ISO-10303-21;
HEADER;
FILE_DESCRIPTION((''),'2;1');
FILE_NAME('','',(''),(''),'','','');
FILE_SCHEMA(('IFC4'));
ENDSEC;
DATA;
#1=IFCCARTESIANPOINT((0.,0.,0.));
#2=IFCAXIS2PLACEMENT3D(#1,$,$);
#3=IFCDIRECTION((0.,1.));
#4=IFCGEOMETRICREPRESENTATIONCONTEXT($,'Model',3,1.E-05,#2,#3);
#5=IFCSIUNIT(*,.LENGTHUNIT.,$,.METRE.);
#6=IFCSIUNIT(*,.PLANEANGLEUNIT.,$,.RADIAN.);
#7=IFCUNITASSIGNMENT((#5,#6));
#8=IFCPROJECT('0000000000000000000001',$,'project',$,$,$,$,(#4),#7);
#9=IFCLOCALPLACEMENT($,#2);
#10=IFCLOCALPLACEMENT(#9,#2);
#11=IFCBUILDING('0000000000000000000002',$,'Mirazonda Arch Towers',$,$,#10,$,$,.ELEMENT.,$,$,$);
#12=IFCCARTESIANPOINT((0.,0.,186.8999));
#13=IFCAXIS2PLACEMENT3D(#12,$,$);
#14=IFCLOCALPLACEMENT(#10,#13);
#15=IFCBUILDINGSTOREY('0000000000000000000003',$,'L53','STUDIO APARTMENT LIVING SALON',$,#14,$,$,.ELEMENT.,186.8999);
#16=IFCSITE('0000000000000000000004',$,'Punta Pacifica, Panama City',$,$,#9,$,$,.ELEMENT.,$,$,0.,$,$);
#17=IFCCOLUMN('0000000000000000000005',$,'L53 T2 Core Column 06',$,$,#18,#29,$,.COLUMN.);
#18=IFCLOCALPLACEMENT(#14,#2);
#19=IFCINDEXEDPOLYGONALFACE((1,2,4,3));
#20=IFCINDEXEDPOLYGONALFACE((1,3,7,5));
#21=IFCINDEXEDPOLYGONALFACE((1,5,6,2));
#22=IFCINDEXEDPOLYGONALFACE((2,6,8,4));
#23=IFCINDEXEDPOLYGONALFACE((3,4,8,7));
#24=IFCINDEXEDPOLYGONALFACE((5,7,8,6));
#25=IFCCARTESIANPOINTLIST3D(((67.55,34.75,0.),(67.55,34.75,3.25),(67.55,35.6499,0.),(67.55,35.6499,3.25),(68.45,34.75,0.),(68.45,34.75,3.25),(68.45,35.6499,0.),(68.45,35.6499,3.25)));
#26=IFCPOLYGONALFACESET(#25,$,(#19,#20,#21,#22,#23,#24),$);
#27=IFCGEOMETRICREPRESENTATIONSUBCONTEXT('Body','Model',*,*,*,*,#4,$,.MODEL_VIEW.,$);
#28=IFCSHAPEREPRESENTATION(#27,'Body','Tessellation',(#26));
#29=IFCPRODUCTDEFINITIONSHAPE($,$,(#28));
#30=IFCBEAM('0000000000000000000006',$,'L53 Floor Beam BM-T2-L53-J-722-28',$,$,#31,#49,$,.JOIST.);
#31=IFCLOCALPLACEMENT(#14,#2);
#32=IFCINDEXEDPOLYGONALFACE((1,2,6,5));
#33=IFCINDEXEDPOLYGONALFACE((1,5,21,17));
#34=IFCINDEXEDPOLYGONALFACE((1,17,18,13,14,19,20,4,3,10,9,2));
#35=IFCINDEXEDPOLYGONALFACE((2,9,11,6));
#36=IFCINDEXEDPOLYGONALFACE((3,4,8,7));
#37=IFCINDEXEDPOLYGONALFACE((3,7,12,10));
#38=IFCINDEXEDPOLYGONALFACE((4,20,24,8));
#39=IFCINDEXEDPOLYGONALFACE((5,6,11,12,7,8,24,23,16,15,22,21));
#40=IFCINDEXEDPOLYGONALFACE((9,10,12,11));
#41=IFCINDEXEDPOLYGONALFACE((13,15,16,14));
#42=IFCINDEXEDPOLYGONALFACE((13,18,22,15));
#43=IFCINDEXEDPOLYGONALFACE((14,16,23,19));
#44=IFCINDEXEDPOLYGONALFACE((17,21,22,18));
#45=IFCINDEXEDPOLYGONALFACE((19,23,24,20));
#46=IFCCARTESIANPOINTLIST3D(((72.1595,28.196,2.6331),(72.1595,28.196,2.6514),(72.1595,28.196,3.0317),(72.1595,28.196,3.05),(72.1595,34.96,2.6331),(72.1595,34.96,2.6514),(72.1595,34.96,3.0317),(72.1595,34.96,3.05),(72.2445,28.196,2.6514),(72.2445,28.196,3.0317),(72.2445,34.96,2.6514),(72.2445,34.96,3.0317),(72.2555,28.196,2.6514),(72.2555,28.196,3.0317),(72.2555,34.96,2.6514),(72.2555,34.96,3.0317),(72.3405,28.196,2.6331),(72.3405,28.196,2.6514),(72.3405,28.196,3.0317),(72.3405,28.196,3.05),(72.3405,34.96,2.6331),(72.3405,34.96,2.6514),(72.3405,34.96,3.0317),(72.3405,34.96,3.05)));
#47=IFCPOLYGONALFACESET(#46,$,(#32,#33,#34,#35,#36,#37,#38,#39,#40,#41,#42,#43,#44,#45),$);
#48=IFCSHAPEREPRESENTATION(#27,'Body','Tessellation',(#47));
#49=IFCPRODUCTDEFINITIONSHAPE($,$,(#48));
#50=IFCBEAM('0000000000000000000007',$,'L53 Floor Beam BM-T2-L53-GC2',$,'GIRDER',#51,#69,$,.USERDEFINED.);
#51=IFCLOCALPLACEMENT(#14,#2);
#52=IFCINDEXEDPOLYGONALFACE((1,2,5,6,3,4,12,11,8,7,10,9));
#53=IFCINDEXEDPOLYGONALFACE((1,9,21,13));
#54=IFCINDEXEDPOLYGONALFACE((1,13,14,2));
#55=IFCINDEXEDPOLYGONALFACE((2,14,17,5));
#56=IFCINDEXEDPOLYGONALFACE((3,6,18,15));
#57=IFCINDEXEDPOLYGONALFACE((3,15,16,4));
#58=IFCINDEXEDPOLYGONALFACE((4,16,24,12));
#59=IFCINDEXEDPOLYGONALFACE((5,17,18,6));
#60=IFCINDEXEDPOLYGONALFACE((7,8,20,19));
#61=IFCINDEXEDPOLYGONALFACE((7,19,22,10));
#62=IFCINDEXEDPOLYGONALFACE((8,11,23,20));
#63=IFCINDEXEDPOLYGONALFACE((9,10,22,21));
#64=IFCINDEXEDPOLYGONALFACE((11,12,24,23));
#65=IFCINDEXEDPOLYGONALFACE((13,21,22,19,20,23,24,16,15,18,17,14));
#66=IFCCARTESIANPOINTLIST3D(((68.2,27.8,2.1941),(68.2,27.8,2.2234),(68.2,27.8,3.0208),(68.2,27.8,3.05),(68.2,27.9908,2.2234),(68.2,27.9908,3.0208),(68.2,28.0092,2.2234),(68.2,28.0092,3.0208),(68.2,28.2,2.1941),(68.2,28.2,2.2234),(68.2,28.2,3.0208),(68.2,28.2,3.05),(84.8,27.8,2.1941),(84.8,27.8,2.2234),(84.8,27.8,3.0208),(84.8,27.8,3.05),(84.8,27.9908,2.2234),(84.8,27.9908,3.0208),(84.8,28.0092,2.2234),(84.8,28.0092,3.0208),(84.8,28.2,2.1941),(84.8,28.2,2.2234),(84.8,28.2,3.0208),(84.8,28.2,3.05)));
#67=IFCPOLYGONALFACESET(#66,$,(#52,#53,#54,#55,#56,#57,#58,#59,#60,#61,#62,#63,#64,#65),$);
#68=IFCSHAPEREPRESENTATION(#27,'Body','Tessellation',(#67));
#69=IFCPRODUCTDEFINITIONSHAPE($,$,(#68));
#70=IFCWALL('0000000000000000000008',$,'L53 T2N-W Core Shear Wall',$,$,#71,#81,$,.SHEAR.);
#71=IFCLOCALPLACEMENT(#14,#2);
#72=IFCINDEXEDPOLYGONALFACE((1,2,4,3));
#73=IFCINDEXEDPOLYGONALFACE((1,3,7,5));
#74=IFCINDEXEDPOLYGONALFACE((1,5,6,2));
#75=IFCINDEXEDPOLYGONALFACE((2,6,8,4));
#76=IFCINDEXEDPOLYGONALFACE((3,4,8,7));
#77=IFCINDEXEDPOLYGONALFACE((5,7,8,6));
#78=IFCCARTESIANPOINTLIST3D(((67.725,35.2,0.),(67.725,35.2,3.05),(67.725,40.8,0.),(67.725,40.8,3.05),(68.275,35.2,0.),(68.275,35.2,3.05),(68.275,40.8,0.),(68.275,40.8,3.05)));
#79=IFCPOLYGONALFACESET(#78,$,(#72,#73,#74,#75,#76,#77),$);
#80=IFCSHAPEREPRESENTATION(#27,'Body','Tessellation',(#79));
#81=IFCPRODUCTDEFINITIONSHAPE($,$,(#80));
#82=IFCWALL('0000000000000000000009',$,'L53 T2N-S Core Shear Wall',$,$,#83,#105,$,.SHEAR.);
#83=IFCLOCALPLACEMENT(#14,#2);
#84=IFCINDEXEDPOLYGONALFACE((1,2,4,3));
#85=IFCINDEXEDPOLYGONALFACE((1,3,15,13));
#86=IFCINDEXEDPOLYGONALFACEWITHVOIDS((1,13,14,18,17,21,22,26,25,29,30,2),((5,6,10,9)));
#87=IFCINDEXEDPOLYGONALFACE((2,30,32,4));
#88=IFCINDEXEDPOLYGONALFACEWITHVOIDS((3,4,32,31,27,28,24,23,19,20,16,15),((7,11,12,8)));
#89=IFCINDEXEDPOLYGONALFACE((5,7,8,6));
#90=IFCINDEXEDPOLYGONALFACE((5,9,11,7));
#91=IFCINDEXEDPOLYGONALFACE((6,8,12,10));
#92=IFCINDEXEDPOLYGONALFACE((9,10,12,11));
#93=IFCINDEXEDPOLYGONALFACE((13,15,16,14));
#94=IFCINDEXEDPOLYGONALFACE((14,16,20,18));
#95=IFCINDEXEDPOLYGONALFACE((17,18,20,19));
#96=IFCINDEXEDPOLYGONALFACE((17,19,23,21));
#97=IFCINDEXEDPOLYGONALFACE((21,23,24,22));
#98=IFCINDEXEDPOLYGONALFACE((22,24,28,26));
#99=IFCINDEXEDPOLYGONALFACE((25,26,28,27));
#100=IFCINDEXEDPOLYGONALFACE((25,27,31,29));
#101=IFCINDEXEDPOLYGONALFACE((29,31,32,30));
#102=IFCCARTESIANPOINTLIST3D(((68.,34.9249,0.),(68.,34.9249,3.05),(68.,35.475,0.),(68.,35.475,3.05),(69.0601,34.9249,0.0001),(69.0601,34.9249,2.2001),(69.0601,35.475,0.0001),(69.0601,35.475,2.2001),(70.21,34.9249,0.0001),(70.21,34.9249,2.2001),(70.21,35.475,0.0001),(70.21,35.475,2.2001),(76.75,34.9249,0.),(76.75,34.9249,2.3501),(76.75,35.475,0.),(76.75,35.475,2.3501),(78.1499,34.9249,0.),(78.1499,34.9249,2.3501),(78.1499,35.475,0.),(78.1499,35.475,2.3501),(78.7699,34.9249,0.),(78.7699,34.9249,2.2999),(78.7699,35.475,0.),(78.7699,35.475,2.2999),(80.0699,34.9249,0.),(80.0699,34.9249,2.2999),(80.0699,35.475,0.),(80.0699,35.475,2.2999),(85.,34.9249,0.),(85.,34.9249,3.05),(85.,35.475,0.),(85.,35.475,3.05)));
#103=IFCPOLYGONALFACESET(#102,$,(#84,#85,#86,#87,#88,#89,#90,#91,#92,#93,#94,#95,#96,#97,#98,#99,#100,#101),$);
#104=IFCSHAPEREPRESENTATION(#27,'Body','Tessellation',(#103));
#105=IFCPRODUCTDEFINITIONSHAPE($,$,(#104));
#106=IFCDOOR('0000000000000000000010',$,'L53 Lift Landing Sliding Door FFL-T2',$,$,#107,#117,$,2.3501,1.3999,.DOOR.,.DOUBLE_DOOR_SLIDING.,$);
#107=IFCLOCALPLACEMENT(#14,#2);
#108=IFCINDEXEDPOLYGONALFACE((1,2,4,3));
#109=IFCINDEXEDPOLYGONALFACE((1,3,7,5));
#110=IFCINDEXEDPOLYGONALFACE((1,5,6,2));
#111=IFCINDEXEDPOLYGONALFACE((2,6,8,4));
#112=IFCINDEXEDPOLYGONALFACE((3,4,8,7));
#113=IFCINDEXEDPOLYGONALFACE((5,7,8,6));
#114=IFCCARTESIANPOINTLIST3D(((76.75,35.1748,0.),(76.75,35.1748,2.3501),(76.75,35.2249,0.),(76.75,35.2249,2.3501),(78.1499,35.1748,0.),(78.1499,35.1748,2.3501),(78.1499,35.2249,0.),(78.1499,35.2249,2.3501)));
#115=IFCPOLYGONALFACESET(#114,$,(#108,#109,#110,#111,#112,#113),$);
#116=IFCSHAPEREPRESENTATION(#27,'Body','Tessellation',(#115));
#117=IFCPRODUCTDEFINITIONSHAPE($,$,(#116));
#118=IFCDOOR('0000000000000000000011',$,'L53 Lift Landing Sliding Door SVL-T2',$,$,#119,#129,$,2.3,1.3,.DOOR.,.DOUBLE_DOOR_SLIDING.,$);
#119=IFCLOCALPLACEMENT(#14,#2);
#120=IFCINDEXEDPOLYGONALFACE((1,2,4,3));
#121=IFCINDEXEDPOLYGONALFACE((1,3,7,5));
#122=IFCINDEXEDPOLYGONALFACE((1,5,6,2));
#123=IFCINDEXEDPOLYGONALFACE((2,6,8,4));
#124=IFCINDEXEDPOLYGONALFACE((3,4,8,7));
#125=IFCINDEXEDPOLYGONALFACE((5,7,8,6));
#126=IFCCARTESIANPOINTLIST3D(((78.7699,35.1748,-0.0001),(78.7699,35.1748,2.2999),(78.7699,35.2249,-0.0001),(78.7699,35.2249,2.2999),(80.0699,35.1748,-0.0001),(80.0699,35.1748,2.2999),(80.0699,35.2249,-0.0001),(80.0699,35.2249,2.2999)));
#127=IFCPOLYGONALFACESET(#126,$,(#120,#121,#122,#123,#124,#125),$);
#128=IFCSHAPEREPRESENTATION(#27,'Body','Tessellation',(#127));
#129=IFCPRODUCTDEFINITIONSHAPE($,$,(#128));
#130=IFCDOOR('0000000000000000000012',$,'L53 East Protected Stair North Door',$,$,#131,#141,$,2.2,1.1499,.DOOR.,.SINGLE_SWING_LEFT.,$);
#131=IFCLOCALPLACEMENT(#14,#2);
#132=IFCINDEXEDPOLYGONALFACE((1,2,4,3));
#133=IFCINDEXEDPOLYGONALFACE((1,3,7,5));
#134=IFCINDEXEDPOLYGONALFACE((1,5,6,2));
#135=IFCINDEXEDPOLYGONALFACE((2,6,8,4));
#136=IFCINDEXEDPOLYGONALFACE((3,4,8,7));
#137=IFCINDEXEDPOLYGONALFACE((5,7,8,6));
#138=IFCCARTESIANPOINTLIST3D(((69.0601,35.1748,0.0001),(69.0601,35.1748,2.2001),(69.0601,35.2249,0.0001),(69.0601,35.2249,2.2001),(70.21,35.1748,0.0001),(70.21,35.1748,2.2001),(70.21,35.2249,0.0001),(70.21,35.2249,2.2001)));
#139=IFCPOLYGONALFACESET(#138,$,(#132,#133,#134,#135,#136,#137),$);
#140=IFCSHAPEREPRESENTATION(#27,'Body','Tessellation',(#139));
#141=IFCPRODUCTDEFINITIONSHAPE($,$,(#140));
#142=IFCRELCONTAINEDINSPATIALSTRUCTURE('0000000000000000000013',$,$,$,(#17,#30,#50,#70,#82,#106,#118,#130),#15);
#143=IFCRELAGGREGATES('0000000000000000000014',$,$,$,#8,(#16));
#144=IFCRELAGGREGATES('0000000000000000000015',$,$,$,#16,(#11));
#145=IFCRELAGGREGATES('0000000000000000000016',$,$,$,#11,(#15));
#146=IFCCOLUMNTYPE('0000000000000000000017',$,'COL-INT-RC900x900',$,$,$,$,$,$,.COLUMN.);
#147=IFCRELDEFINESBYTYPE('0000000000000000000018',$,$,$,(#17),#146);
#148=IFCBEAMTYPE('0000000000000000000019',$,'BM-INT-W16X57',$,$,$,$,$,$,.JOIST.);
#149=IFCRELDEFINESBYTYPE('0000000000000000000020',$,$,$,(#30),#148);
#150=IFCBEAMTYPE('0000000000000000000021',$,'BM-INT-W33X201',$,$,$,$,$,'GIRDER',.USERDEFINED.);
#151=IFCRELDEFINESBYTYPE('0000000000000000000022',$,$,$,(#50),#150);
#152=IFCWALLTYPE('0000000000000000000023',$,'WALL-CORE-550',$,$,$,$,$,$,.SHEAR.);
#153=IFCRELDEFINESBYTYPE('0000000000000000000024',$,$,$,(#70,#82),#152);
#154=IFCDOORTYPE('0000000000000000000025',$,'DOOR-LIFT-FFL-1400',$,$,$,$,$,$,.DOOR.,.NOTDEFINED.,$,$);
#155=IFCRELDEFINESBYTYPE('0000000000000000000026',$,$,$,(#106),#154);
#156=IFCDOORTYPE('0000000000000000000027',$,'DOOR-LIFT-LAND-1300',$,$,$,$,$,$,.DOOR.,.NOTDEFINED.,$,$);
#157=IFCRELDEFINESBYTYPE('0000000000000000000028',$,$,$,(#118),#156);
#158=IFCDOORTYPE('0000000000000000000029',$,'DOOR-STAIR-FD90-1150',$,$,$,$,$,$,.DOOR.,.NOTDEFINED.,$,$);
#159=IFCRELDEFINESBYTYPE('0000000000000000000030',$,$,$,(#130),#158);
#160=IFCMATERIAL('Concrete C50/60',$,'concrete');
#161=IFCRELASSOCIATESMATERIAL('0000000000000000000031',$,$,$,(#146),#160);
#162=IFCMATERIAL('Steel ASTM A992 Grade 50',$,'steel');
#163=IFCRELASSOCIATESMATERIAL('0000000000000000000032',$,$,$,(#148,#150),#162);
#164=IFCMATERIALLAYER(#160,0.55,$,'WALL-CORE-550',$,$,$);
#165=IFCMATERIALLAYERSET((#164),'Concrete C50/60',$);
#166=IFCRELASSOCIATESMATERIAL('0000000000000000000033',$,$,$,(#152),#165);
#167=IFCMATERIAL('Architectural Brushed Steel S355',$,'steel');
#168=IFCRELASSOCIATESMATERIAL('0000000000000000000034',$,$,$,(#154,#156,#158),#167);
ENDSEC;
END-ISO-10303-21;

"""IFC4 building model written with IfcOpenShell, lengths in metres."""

from ifc_helpers import new_model, si_unit, direction, frame, frame_2d, origin, origin_2d, place, context, subcontext, project, spatial, rectangle, i_section, extrude, material, layer, layer_set, material_profile, profile_set, type_object, element, fill, save


model = new_model("IFC4")

# Units and contexts
model_context = context("Model", 3, precision=1e-05, world=origin(), true_north=direction((0.0, 1.0)))
body_context = subcontext(model_context, "Body", "Model", "MODEL_VIEW")
ifc_project = project(units=[si_unit("LENGTHUNIT", "METRE"), si_unit("PLANEANGLEUNIT", "RADIAN")], contexts=[model_context])

# Site, building, storey
site_placement = place(None, origin())
site = spatial("IfcSite", under=ifc_project, at=site_placement, Name="Punta Pacifica, Panama City", CompositionType="ELEMENT", RefElevation=0.0)
building_placement = place(site_placement, origin())
building = spatial("IfcBuilding", under=site, at=building_placement, Name="Mirazonda Arch Towers", CompositionType="ELEMENT")
storey_placement = place(building_placement, frame((0.0, 0.0, 186.8999)))
storey = spatial("IfcBuildingStorey", under=building, at=storey_placement, Name="L53", Description="STUDIO APARTMENT LIVING SALON", CompositionType="ELEMENT", Elevation=186.8999)

# Column
ifc_material_1 = material(Name="Concrete C50/60", Category="concrete")
ifc_material_profile_1 = material_profile(ifc_material_1, rectangle(XDim=0.8999, YDim=0.8999, at=origin_2d()), Name="RC900x900")
ifc_profile_set_1 = profile_set([ifc_material_profile_1], Name="Concrete C50/60")
column_type = type_object("IfcColumnType", Name="COL-INT-RC900x900", PredefinedType="COLUMN", material=ifc_profile_set_1)
column_placement = place(storey_placement, frame((68.0, 35.2, 0.0), z_axis=(0.0, 0.0, 1.0), x_axis=(1.0, 0.0, 0.0)))
element("IfcColumn", 1, at=column_placement, inside=storey, type_object=column_type, Name="L53 T2 Core Column 06", PredefinedType="COLUMN", context=body_context, shape_type="SweptSolid", body=[
    extrude(rectangle(XDim=0.8999, YDim=0.8999, at=origin_2d()), origin(), (0.0, 0.0, 1.0), 3.25),
])

# Beams
ifc_material_2 = material(Name="Steel ASTM A992 Grade 50", Category="steel")
ifc_material_profile_2 = material_profile(ifc_material_2, i_section(OverallWidth=0.1809, OverallDepth=0.417, WebThickness=0.011, FlangeThickness=0.0183, at=origin_2d()), Name="W16X57")
ifc_profile_set_2 = profile_set([ifc_material_profile_2], Name="Steel ASTM A992 Grade 50")
beam_type_1 = type_object("IfcBeamType", Name="BM-INT-W16X57", PredefinedType="JOIST", material=ifc_profile_set_2)
beam_1_placement = place(storey_placement, frame((72.25, 28.196, 2.8416), z_axis=(0.0, 1.0, 0.0), x_axis=(-1.0, 0.0, 0.0)))
element("IfcBeam", 2, at=beam_1_placement, inside=storey, type_object=beam_type_1, Name="L53 Floor Beam BM-T2-L53-J-722-28", PredefinedType="JOIST", context=body_context, shape_type="SweptSolid", body=[
    extrude(i_section(OverallWidth=0.1809, OverallDepth=0.417, WebThickness=0.011, FlangeThickness=0.0183, at=origin_2d()), origin(), (0.0, 0.0, 1.0), 6.7639),
])
ifc_material_profile_3 = material_profile(ifc_material_2, i_section(OverallWidth=0.3999, OverallDepth=0.856, WebThickness=0.0183, FlangeThickness=0.0293, at=origin_2d()), Name="W33X201")
ifc_profile_set_3 = profile_set([ifc_material_profile_3], Name="Steel ASTM A992 Grade 50")
beam_type_2 = type_object("IfcBeamType", Name="BM-INT-W33X201", ElementType="GIRDER", PredefinedType="USERDEFINED", material=ifc_profile_set_3)
beam_2_placement = place(storey_placement, frame((68.2, 28.0, 2.6221), z_axis=(1.0, 0.0, 0.0), x_axis=(0.0, 1.0, 0.0)))
element("IfcBeam", 3, at=beam_2_placement, inside=storey, type_object=beam_type_2, Name="L53 Floor Beam BM-T2-L53-GC2", ObjectType="GIRDER", PredefinedType="USERDEFINED", context=body_context, shape_type="SweptSolid", body=[
    extrude(i_section(OverallWidth=0.3999, OverallDepth=0.856, WebThickness=0.0183, FlangeThickness=0.0293, at=origin_2d()), origin(), (0.0, 0.0, 1.0), 16.6001),
])

# Wall
ifc_layer_1 = layer(ifc_material_1, 0.55, Name="WALL-CORE-550")
ifc_layer_set_1 = layer_set([ifc_layer_1], Name="Concrete C50/60")
wall_type_1 = type_object("IfcWallType", Name="WALL-CORE-550", PredefinedType="SHEAR", material=ifc_layer_set_1)
wall_1_placement = place(storey_placement, frame((68.0, 35.2, 0.0), z_axis=(0.0, 0.0, 1.0), x_axis=(0.0, 1.0, 0.0)))
element("IfcWall", 4, at=wall_1_placement, inside=storey, type_object=wall_type_1, Name="L53 T2N-W Core Shear Wall", PredefinedType="SHEAR", context=body_context, shape_type="SweptSolid", body=[
    extrude(rectangle(XDim=5.6001, YDim=0.55, at=frame_2d((2.8, 0.0))), origin(), (0.0, 0.0, 1.0), 3.05),
])

# Wall, openings, doors
wall_2_placement = place(storey_placement, frame((68.0, 35.2, 0.0), z_axis=(0.0, 0.0, 1.0), x_axis=(1.0, 0.0, 0.0)))
wall_2 = element("IfcWall", 5, at=wall_2_placement, inside=storey, type_object=wall_type_1, Name="L53 T2N-S Core Shear Wall", PredefinedType="SHEAR", context=body_context, shape_type="SweptSolid", body=[
    extrude(rectangle(XDim=17.0, YDim=0.55, at=frame_2d((8.5, 0.0))), origin(), (0.0, 0.0, 1.0), 3.05),
])
opening_1_placement = place(wall_2_placement, frame((1.0601, 0.0, 0.0)))
opening_1 = element("IfcOpeningElement", 6, at=opening_1_placement, cuts=wall_2, PredefinedType="OPENING", context=body_context, shape_type="SweptSolid", body=[
    extrude(rectangle(XDim=1.1499, YDim=2.2, at=frame_2d((0.575, 1.1001))), frame((0.0, 0.2849, 0.0), z_axis=(0.0, -1.0, 0.0), x_axis=(1.0, 0.0, 0.0)), (0.0, 0.0, 1.0), 0.5701),
])
opening_2_placement = place(wall_2_placement, frame((8.75, 0.0, 0.0)))
opening_2 = element("IfcOpeningElement", 7, at=opening_2_placement, cuts=wall_2, PredefinedType="OPENING", context=body_context, shape_type="SweptSolid", body=[
    extrude(rectangle(XDim=1.3999, YDim=2.3501, at=frame_2d((0.7, 1.175))), frame((0.0, 0.2849, 0.0), z_axis=(0.0, -1.0, 0.0), x_axis=(1.0, 0.0, 0.0)), (0.0, 0.0, 1.0), 0.5701),
])
opening_3_placement = place(wall_2_placement, frame((10.77, 0.0, 0.0)))
opening_3 = element("IfcOpeningElement", 8, at=opening_3_placement, cuts=wall_2, PredefinedType="OPENING", context=body_context, shape_type="SweptSolid", body=[
    extrude(rectangle(XDim=1.3, YDim=2.3, at=frame_2d((0.6499, 1.1499))), frame((0.0, 0.2849, 0.0), z_axis=(0.0, -1.0, 0.0), x_axis=(1.0, 0.0, 0.0)), (0.0, 0.0, 1.0), 0.5701),
])
ifc_material_3 = material(Name="Architectural Brushed Steel S355", Category="steel")
door_type_1 = type_object("IfcDoorType", Name="DOOR-LIFT-FFL-1400", OperationType="NOTDEFINED", PredefinedType="DOOR", material=ifc_material_3)
door_1_placement = place(opening_2_placement, origin())
door_1 = element("IfcDoor", 9, at=door_1_placement, inside=storey, type_object=door_type_1, Name="L53 Lift Landing Sliding Door FFL-T2", OperationType="DOUBLE_DOOR_SLIDING", OverallHeight=2.3501, OverallWidth=1.3999, PredefinedType="DOOR", context=body_context, shape_type="SweptSolid", body=[
    extrude(rectangle(XDim=1.3999, YDim=2.3501, at=frame_2d((0.7, 1.175))), frame((0.0, 0.0249, 0.0), z_axis=(0.0, -1.0, 0.0), x_axis=(1.0, 0.0, 0.0)), (0.0, 0.0, 1.0), 0.05),
])
fill(opening_2, door_1)
door_type_2 = type_object("IfcDoorType", Name="DOOR-LIFT-LAND-1300", OperationType="NOTDEFINED", PredefinedType="DOOR", material=ifc_material_3)
door_2_placement = place(opening_3_placement, origin())
door_2 = element("IfcDoor", 10, at=door_2_placement, inside=storey, type_object=door_type_2, Name="L53 Lift Landing Sliding Door SVL-T2", OperationType="DOUBLE_DOOR_SLIDING", OverallHeight=2.3, OverallWidth=1.3, PredefinedType="DOOR", context=body_context, shape_type="SweptSolid", body=[
    extrude(rectangle(XDim=1.3, YDim=2.3, at=frame_2d((0.6499, 1.1499))), frame((0.0, 0.0249, 0.0), z_axis=(0.0, -1.0, 0.0), x_axis=(1.0, 0.0, 0.0)), (0.0, 0.0, 1.0), 0.05),
])
fill(opening_3, door_2)
door_type_3 = type_object("IfcDoorType", Name="DOOR-STAIR-FD90-1150", OperationType="NOTDEFINED", PredefinedType="DOOR", material=ifc_material_3)
door_3_placement = place(opening_1_placement, origin())
door_3 = element("IfcDoor", 11, at=door_3_placement, inside=storey, type_object=door_type_3, Name="L53 East Protected Stair North Door", OperationType="SINGLE_SWING_LEFT", OverallHeight=2.2, OverallWidth=1.1499, PredefinedType="DOOR", context=body_context, shape_type="SweptSolid", body=[
    extrude(rectangle(XDim=1.1499, YDim=2.2, at=frame_2d((0.575, 1.1001))), frame((0.0, 0.0249, 0.0), z_axis=(0.0, -1.0, 0.0), x_axis=(1.0, 0.0, 0.0)), (0.0, 0.0, 1.0), 0.05),
])
fill(opening_1, door_3)

save(model, "model.ifc")
